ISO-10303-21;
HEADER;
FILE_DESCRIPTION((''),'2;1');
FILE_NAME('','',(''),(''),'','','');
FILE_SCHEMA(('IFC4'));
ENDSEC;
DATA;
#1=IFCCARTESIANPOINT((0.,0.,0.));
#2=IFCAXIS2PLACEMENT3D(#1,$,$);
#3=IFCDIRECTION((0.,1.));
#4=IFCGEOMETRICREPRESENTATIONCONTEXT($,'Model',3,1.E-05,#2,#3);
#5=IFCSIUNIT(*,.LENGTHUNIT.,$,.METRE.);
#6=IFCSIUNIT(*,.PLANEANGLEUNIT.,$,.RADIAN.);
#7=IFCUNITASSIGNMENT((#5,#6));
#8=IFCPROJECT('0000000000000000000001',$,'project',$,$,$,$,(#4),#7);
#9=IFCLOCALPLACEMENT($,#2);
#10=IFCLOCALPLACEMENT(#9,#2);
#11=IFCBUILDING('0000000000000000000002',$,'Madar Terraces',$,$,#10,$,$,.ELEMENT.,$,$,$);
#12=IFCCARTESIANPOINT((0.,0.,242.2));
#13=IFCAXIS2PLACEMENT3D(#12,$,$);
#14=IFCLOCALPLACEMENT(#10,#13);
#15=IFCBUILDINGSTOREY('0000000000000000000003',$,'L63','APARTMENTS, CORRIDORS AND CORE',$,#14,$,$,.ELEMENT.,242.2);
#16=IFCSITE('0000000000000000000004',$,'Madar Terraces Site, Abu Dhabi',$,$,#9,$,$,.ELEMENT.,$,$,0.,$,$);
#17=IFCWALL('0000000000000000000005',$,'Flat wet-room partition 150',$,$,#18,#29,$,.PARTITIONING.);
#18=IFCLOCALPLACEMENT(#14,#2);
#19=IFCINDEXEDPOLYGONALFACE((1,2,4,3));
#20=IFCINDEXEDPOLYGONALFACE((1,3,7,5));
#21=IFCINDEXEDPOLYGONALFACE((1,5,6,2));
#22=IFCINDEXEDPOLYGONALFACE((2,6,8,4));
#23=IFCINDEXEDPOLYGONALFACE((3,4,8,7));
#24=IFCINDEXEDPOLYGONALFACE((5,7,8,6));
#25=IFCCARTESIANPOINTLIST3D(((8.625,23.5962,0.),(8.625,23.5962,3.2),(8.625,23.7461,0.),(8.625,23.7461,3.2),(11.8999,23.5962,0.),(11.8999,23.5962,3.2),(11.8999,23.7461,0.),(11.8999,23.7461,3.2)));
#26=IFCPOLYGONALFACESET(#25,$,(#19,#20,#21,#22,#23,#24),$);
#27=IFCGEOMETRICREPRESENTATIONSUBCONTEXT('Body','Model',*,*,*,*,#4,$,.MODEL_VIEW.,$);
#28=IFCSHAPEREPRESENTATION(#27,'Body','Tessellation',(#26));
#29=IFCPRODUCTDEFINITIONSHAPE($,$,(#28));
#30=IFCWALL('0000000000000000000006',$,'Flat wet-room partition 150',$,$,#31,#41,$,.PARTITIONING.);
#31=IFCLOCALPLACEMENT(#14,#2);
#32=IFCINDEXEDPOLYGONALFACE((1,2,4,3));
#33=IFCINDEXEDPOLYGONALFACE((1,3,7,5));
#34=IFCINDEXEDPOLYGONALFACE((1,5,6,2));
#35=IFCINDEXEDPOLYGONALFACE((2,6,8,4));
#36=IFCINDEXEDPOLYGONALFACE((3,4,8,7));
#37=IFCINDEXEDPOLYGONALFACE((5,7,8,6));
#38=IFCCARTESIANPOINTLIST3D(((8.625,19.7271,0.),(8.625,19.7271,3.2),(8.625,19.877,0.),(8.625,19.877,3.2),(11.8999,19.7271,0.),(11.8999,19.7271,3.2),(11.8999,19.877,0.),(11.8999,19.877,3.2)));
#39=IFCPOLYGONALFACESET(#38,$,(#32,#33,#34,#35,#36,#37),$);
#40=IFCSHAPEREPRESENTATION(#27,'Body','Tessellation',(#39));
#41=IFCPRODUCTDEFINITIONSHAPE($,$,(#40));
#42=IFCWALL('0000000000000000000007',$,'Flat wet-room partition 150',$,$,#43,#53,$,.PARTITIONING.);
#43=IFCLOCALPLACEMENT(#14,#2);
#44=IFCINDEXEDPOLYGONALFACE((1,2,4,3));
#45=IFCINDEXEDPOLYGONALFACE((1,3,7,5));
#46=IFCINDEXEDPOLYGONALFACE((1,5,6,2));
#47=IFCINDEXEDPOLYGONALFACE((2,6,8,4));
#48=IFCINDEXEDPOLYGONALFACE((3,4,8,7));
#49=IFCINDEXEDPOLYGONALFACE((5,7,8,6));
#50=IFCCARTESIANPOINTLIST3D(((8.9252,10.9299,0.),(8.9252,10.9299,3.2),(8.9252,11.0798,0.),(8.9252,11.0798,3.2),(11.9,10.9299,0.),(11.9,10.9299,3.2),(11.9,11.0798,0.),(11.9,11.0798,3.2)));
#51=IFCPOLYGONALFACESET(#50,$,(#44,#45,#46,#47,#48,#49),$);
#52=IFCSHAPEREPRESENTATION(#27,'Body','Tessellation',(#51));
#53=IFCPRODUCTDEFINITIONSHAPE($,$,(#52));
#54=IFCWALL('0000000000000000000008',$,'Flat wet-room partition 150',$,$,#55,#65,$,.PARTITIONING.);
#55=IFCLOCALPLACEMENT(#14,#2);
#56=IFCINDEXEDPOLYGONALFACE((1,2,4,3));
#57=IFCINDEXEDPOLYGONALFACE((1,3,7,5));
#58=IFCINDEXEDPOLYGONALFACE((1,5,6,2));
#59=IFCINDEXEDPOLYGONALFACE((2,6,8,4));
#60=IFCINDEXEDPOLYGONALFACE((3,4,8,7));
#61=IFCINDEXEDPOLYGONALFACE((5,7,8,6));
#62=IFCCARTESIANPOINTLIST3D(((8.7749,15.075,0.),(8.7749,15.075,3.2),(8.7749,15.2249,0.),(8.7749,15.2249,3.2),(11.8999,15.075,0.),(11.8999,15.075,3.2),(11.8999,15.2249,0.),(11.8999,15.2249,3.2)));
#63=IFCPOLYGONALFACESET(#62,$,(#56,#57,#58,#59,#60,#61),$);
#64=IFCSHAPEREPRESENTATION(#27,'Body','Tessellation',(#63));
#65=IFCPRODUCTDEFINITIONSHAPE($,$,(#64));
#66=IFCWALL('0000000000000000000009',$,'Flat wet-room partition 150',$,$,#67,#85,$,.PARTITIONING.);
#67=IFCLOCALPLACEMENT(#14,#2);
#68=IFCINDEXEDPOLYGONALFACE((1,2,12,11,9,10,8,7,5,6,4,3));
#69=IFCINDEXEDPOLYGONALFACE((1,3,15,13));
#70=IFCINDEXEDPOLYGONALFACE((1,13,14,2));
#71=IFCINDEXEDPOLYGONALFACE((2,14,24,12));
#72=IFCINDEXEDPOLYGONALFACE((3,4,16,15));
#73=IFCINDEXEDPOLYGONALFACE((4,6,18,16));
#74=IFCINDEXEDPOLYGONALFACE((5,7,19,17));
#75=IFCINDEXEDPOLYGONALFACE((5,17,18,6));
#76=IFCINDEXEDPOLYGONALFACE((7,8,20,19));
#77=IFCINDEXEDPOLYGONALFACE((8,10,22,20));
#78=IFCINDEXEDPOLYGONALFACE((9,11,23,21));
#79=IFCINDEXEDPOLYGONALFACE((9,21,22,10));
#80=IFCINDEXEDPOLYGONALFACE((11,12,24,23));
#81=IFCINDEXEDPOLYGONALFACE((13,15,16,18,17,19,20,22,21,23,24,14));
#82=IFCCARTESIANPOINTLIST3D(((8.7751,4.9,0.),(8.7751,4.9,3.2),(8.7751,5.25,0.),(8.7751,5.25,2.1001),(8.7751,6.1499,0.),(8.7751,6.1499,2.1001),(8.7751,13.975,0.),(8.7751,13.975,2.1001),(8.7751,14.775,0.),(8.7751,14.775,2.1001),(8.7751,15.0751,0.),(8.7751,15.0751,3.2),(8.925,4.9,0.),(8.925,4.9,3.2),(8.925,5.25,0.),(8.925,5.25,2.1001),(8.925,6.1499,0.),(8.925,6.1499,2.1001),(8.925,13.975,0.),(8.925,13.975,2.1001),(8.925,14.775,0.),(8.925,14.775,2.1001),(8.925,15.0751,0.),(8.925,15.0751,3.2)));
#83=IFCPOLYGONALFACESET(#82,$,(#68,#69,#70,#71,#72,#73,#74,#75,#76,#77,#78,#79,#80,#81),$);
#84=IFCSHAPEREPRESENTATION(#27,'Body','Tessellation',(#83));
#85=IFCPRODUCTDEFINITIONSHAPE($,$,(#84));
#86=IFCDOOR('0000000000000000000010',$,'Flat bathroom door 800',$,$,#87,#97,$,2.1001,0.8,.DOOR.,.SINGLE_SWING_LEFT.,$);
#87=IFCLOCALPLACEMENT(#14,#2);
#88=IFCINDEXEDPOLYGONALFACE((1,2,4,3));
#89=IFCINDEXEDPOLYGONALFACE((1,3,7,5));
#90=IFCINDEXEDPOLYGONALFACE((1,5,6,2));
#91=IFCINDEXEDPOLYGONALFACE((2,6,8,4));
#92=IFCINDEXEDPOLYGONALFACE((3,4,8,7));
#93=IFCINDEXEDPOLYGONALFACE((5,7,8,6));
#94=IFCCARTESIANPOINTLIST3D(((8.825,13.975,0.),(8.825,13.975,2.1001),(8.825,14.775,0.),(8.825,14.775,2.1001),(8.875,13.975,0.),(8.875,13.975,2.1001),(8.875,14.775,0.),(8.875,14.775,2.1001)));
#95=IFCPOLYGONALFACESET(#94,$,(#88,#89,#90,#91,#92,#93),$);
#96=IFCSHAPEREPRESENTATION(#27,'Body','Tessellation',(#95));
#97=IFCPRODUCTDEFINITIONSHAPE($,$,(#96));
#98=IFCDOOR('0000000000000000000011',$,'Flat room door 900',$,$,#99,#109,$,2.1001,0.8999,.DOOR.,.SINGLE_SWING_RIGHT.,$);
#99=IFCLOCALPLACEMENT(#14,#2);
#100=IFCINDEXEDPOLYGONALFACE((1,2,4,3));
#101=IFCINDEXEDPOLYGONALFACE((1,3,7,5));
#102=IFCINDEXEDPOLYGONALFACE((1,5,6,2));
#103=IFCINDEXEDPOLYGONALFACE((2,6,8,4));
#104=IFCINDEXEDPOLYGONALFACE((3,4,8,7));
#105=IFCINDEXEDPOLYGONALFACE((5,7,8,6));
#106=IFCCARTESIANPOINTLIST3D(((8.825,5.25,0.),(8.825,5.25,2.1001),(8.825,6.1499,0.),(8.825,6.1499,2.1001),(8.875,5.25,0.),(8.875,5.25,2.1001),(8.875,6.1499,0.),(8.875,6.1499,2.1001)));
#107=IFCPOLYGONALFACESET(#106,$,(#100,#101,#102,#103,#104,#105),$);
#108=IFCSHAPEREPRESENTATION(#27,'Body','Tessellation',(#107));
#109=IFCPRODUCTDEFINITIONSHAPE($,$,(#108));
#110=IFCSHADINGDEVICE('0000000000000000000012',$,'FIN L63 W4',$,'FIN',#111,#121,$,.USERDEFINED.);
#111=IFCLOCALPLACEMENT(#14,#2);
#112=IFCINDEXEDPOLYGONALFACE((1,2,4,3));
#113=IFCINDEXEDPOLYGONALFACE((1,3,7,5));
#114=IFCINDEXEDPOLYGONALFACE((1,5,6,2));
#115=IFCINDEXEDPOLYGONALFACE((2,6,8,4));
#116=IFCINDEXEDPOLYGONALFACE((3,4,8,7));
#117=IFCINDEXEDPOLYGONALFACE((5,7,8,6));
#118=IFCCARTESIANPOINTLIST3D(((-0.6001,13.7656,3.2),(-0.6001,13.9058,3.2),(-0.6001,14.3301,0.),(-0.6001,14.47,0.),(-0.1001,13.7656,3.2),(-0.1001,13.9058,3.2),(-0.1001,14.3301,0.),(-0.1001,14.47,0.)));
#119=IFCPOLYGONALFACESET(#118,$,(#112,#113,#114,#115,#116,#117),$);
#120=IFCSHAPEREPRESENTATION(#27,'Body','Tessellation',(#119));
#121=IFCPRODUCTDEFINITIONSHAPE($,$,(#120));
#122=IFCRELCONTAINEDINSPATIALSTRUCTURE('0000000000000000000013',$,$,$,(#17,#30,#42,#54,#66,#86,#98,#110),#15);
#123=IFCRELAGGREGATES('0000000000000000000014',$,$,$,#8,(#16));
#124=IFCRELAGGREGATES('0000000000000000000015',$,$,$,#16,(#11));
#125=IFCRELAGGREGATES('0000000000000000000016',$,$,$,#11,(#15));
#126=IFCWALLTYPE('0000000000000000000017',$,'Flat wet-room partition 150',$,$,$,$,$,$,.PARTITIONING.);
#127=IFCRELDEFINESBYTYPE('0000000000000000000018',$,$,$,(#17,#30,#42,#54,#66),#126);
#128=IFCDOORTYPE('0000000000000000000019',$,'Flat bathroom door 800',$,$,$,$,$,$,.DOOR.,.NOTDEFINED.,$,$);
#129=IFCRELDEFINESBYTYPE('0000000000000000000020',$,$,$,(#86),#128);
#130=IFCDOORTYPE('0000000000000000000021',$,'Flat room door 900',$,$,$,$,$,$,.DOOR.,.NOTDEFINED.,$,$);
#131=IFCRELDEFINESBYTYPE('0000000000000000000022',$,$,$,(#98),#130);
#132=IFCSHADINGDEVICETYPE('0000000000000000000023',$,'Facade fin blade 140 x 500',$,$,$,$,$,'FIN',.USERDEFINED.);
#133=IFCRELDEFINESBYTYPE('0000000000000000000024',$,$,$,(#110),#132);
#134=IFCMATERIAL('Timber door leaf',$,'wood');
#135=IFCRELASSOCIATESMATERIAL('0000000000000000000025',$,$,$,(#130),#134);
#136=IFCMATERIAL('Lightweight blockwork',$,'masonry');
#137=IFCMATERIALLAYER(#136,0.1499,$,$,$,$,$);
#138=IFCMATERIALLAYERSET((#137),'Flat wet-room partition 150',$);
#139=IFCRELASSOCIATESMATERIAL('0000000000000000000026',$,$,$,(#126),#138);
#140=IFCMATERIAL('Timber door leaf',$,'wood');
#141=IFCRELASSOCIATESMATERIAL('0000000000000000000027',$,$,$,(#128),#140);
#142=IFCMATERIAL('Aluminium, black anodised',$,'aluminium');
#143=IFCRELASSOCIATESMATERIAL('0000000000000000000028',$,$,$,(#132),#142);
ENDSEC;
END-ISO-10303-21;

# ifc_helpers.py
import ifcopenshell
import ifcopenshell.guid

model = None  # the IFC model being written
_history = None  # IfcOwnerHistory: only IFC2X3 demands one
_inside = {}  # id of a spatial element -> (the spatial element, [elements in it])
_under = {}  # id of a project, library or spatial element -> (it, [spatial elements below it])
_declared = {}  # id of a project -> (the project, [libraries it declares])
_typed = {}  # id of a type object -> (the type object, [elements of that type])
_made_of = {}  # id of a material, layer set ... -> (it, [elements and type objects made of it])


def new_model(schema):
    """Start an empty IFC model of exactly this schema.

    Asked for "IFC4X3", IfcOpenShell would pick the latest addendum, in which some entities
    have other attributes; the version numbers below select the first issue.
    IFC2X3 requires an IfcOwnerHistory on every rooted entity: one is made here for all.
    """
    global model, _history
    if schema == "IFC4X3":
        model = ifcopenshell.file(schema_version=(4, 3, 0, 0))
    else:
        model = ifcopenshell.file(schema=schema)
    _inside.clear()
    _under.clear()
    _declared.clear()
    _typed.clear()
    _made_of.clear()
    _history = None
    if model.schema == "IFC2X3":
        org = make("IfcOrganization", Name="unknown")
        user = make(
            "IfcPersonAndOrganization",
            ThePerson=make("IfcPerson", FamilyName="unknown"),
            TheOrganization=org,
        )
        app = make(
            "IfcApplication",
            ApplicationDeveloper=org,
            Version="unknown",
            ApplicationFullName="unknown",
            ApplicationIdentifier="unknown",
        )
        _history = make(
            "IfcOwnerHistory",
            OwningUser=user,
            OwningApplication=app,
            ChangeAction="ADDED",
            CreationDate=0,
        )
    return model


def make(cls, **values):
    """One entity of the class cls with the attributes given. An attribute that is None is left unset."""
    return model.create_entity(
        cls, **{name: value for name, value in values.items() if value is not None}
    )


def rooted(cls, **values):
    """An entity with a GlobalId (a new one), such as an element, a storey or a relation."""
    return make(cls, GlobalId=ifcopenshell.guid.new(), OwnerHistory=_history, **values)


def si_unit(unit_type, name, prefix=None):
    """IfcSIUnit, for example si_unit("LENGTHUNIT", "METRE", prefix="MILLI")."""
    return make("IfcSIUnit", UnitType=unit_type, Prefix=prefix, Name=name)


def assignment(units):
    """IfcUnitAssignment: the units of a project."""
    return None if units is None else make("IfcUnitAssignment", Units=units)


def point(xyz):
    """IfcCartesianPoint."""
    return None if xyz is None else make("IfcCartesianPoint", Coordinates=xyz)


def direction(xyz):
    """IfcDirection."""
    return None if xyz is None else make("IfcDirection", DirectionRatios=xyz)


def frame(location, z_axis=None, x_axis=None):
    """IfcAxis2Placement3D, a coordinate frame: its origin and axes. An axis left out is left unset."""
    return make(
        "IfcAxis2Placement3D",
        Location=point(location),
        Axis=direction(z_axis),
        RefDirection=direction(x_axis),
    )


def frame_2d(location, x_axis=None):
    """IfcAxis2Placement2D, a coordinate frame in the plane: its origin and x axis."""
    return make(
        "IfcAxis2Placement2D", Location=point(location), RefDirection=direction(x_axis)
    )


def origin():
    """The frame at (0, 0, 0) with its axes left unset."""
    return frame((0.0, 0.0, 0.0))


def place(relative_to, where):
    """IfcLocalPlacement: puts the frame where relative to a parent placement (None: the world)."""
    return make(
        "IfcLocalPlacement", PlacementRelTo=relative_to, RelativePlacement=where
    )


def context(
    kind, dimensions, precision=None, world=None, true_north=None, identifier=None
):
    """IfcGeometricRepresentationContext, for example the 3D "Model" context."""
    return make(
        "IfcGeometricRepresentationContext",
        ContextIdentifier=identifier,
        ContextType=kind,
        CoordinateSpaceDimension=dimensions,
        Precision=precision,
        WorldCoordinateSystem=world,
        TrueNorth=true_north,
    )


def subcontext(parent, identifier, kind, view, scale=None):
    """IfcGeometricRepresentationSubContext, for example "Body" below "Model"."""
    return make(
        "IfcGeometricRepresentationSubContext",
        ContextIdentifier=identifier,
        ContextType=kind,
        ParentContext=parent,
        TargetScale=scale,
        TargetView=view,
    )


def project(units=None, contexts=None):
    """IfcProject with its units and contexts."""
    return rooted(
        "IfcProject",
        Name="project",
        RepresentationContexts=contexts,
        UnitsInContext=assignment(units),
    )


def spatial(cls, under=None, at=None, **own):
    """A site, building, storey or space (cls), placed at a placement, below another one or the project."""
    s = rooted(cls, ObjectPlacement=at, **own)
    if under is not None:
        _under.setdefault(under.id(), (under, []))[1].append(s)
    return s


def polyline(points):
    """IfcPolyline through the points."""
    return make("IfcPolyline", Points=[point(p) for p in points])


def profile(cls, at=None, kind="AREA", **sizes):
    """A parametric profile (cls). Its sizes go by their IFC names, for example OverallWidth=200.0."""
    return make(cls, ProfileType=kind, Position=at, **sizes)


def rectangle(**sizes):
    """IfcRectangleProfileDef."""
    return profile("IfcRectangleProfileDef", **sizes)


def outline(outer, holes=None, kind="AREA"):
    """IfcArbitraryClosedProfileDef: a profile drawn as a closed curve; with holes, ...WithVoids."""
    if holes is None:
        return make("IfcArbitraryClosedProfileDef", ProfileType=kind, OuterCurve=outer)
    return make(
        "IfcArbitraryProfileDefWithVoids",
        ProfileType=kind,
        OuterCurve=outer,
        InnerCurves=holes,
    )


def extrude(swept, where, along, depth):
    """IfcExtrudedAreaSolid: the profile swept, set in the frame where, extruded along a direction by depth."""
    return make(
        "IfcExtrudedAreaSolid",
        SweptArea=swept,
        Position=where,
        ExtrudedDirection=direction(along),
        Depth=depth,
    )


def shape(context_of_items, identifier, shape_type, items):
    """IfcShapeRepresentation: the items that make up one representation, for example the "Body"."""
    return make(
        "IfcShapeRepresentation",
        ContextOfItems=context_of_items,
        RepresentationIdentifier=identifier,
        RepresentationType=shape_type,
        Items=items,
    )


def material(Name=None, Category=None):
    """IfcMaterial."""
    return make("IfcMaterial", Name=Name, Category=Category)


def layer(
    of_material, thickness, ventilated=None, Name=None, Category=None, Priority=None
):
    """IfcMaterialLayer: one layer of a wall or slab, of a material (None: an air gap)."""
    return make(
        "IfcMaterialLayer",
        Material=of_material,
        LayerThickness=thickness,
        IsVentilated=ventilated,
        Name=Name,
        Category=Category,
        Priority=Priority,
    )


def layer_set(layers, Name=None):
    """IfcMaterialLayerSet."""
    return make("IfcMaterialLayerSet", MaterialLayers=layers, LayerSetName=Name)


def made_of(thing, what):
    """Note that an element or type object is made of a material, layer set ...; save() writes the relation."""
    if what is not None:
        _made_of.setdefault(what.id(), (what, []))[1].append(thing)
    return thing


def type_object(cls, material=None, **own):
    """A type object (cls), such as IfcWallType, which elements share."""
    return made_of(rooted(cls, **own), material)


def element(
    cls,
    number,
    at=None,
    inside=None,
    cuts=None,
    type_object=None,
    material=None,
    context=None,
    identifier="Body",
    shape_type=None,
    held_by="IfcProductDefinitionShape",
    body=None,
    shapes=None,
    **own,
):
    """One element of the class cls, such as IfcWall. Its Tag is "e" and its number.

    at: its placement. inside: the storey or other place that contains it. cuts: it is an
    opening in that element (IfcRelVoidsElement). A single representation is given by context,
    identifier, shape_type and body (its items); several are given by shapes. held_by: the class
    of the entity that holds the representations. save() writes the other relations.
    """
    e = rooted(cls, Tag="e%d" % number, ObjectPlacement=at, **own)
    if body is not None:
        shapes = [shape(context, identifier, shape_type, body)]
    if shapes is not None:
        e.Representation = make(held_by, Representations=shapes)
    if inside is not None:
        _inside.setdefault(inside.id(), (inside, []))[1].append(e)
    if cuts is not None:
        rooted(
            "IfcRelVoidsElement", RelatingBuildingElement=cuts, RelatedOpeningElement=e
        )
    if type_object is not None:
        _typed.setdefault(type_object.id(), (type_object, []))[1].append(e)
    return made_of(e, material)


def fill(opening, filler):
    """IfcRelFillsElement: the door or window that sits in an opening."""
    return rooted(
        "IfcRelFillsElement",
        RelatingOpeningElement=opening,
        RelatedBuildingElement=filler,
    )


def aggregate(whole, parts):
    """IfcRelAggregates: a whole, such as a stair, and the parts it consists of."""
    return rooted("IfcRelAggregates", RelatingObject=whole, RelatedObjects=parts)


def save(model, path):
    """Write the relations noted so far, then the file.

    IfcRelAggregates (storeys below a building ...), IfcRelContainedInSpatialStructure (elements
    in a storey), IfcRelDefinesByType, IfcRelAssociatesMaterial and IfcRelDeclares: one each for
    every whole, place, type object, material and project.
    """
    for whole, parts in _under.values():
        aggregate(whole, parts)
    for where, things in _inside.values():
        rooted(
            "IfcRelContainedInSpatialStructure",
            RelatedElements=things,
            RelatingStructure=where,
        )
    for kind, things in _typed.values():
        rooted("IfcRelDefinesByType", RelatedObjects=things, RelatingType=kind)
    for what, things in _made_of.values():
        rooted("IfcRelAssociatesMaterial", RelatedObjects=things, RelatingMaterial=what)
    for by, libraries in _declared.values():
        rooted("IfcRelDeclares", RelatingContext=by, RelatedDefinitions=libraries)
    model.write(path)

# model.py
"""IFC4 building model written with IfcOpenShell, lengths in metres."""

from ifc_helpers import new_model, si_unit, direction, frame, frame_2d, origin, place, context, subcontext, project, spatial, polyline, rectangle, outline, extrude, material, layer, layer_set, type_object, element, fill, save


model = new_model("IFC4")

# Units and contexts
model_context = context("Model", 3, precision=1e-05, world=origin(), true_north=direction((0.0, 1.0)))
body_context = subcontext(model_context, "Body", "Model", "MODEL_VIEW")
ifc_project = project(units=[si_unit("LENGTHUNIT", "METRE"), si_unit("PLANEANGLEUNIT", "RADIAN")], contexts=[model_context])

# Site, building, storey
site_placement = place(None, origin())
site = spatial("IfcSite", under=ifc_project, at=site_placement, Name="Madar Terraces Site, Abu Dhabi", CompositionType="ELEMENT", RefElevation=0.0)
building_placement = place(site_placement, origin())
building = spatial("IfcBuilding", under=site, at=building_placement, Name="Madar Terraces", CompositionType="ELEMENT")
storey_placement = place(building_placement, frame((0.0, 0.0, 242.2)))
storey = spatial("IfcBuildingStorey", under=building, at=storey_placement, Name="L63", Description="APARTMENTS, CORRIDORS AND CORE", CompositionType="ELEMENT", Elevation=242.2)

# Shared definitions
ifc_material_1 = material(Name="Timber door leaf", Category="wood")
door_type_1 = type_object("IfcDoorType", Name="Flat room door 900", OperationType="NOTDEFINED", PredefinedType="DOOR", material=ifc_material_1)

# Walls
ifc_material_2 = material(Name="Lightweight blockwork", Category="masonry")
ifc_layer_1 = layer(ifc_material_2, 0.1499)
ifc_layer_set_1 = layer_set([ifc_layer_1], Name="Flat wet-room partition 150")
wall_type_1 = type_object("IfcWallType", Name="Flat wet-room partition 150", PredefinedType="PARTITIONING", material=ifc_layer_set_1)
for number, where, z_axis, x_axis, name in (
    (1, (11.8999, 23.6711, 0.0), (0.0, 0.0, 1.0), (-1.0, 0.0, 0.0), "Flat wet-room partition 150"),
    (2, (11.8999, 19.802, 0.0), (0.0, 0.0, 1.0), (-1.0, 0.0, 0.0), "Flat wet-room partition 150"),
):
    element("IfcWall", number, at=place(storey_placement, frame(where, z_axis=z_axis, x_axis=x_axis)), inside=storey, type_object=wall_type_1, Name=name, PredefinedType="PARTITIONING", context=body_context, shape_type="SweptSolid", body=[
        extrude(rectangle(XDim=3.2749, YDim=0.1499, at=frame_2d((1.6375, 0.0))), origin(), (0.0, 0.0, 1.0), 3.2),
    ])
wall_1_placement = place(storey_placement, frame((11.8999, 11.0049, 0.0), z_axis=(0.0, 0.0, 1.0), x_axis=(-1.0, 0.0, 0.0)))
element("IfcWall", 3, at=wall_1_placement, inside=storey, type_object=wall_type_1, Name="Flat wet-room partition 150", PredefinedType="PARTITIONING", context=body_context, shape_type="SweptSolid", body=[
    extrude(rectangle(XDim=2.9749, YDim=0.1499, at=frame_2d((1.4873, 0.0))), origin(), (0.0, 0.0, 1.0), 3.2),
])
wall_2_placement = place(storey_placement, frame((11.8999, 15.1499, 0.0), z_axis=(0.0, 0.0, 1.0), x_axis=(-1.0, 0.0, 0.0)))
element("IfcWall", 4, at=wall_2_placement, inside=storey, type_object=wall_type_1, Name="Flat wet-room partition 150", PredefinedType="PARTITIONING", context=body_context, shape_type="SweptSolid", body=[
    extrude(rectangle(XDim=3.125, YDim=0.1499, at=frame_2d((1.5625, 0.0))), origin(), (0.0, 0.0, 1.0), 3.2),
])

# Wall, openings, doors
wall_3_placement = place(storey_placement, frame((8.8501, 15.075, 0.0), z_axis=(0.0, 0.0, 1.0), x_axis=(0.0, -1.0, 0.0)))
wall_3 = element("IfcWall", 5, at=wall_3_placement, inside=storey, type_object=wall_type_1, Name="Flat wet-room partition 150", PredefinedType="PARTITIONING", context=body_context, shape_type="SweptSolid", body=[
    extrude(rectangle(XDim=10.175, YDim=0.1499, at=frame_2d((5.0874, 0.0))), origin(), (0.0, 0.0, 1.0), 3.2),
])
opening_1_placement = place(wall_3_placement, frame((0.3, 0.0, 0.0)))
opening_1 = element("IfcOpeningElement", 6, at=opening_1_placement, cuts=wall_3, PredefinedType="OPENING", context=body_context, shape_type="SweptSolid", body=[
    extrude(rectangle(XDim=0.8, YDim=2.1001, at=frame_2d((0.3999, 1.05))), frame((0.0, 0.085, 0.0), z_axis=(0.0, -1.0, 0.0), x_axis=(1.0, 0.0, 0.0)), (0.0, 0.0, 1.0), 0.1699),
])
opening_2_placement = place(wall_3_placement, frame((8.925, 0.0, 0.0)))
opening_2 = element("IfcOpeningElement", 7, at=opening_2_placement, cuts=wall_3, PredefinedType="OPENING", context=body_context, shape_type="SweptSolid", body=[
    extrude(rectangle(XDim=0.8999, YDim=2.1001, at=frame_2d((0.45, 1.05))), frame((0.0, 0.085, 0.0), z_axis=(0.0, -1.0, 0.0), x_axis=(1.0, 0.0, 0.0)), (0.0, 0.0, 1.0), 0.1699),
])
ifc_material_3 = material(Name="Timber door leaf", Category="wood")
door_type_2 = type_object("IfcDoorType", Name="Flat bathroom door 800", OperationType="NOTDEFINED", PredefinedType="DOOR", material=ifc_material_3)
door_1_placement = place(opening_1_placement, origin())
door_1 = element("IfcDoor", 8, at=door_1_placement, inside=storey, type_object=door_type_2, Name="Flat bathroom door 800", OperationType="SINGLE_SWING_LEFT", OverallHeight=2.1001, OverallWidth=0.8, PredefinedType="DOOR", context=body_context, shape_type="SweptSolid", body=[
    extrude(rectangle(XDim=0.8, YDim=2.1001, at=frame_2d((0.3999, 1.05))), frame((0.0, 0.0249, 0.0), z_axis=(0.0, -1.0, 0.0), x_axis=(1.0, 0.0, 0.0)), (0.0, 0.0, 1.0), 0.05),
])
fill(opening_1, door_1)
door_2_placement = place(opening_2_placement, origin())
door_2 = element("IfcDoor", 9, at=door_2_placement, inside=storey, type_object=door_type_1, Name="Flat room door 900", OperationType="SINGLE_SWING_RIGHT", OverallHeight=2.1001, OverallWidth=0.8999, PredefinedType="DOOR", context=body_context, shape_type="SweptSolid", body=[
    extrude(rectangle(XDim=0.8999, YDim=2.1001, at=frame_2d((0.45, 1.05))), frame((0.0, 0.0249, 0.0), z_axis=(0.0, -1.0, 0.0), x_axis=(1.0, 0.0, 0.0)), (0.0, 0.0, 1.0), 0.05),
])
fill(opening_2, door_2)

# Shading device
ifc_material_4 = material(Name="Aluminium, black anodised", Category="aluminium")
shading_device_type = type_object("IfcShadingDeviceType", Name="Facade fin blade 140 x 500", ElementType="FIN", PredefinedType="USERDEFINED", material=ifc_material_4)
shading_device_placement = place(storey_placement, frame((-0.3501, 14.47, 0.0), z_axis=(0.0, 0.0, 1.0), x_axis=(0.0, -1.0, 0.0)))
element("IfcShadingDevice", 10, at=shading_device_placement, inside=storey, type_object=shading_device_type, Name="FIN L63 W4", ObjectType="FIN", PredefinedType="USERDEFINED", context=body_context, shape_type="SweptSolid", body=[
    extrude(outline(polyline([(0.0, 0.0), (0.1399, 0.0), (0.7043, 3.2), (0.5642, 3.2), (0.0, 0.0)])), frame((0.0, 0.25, 0.0), z_axis=(0.0, -1.0, 0.0), x_axis=(1.0, 0.0, 0.0)), (0.0, 0.0, 1.0), 0.5),
])

save(model, "model.ifc")
